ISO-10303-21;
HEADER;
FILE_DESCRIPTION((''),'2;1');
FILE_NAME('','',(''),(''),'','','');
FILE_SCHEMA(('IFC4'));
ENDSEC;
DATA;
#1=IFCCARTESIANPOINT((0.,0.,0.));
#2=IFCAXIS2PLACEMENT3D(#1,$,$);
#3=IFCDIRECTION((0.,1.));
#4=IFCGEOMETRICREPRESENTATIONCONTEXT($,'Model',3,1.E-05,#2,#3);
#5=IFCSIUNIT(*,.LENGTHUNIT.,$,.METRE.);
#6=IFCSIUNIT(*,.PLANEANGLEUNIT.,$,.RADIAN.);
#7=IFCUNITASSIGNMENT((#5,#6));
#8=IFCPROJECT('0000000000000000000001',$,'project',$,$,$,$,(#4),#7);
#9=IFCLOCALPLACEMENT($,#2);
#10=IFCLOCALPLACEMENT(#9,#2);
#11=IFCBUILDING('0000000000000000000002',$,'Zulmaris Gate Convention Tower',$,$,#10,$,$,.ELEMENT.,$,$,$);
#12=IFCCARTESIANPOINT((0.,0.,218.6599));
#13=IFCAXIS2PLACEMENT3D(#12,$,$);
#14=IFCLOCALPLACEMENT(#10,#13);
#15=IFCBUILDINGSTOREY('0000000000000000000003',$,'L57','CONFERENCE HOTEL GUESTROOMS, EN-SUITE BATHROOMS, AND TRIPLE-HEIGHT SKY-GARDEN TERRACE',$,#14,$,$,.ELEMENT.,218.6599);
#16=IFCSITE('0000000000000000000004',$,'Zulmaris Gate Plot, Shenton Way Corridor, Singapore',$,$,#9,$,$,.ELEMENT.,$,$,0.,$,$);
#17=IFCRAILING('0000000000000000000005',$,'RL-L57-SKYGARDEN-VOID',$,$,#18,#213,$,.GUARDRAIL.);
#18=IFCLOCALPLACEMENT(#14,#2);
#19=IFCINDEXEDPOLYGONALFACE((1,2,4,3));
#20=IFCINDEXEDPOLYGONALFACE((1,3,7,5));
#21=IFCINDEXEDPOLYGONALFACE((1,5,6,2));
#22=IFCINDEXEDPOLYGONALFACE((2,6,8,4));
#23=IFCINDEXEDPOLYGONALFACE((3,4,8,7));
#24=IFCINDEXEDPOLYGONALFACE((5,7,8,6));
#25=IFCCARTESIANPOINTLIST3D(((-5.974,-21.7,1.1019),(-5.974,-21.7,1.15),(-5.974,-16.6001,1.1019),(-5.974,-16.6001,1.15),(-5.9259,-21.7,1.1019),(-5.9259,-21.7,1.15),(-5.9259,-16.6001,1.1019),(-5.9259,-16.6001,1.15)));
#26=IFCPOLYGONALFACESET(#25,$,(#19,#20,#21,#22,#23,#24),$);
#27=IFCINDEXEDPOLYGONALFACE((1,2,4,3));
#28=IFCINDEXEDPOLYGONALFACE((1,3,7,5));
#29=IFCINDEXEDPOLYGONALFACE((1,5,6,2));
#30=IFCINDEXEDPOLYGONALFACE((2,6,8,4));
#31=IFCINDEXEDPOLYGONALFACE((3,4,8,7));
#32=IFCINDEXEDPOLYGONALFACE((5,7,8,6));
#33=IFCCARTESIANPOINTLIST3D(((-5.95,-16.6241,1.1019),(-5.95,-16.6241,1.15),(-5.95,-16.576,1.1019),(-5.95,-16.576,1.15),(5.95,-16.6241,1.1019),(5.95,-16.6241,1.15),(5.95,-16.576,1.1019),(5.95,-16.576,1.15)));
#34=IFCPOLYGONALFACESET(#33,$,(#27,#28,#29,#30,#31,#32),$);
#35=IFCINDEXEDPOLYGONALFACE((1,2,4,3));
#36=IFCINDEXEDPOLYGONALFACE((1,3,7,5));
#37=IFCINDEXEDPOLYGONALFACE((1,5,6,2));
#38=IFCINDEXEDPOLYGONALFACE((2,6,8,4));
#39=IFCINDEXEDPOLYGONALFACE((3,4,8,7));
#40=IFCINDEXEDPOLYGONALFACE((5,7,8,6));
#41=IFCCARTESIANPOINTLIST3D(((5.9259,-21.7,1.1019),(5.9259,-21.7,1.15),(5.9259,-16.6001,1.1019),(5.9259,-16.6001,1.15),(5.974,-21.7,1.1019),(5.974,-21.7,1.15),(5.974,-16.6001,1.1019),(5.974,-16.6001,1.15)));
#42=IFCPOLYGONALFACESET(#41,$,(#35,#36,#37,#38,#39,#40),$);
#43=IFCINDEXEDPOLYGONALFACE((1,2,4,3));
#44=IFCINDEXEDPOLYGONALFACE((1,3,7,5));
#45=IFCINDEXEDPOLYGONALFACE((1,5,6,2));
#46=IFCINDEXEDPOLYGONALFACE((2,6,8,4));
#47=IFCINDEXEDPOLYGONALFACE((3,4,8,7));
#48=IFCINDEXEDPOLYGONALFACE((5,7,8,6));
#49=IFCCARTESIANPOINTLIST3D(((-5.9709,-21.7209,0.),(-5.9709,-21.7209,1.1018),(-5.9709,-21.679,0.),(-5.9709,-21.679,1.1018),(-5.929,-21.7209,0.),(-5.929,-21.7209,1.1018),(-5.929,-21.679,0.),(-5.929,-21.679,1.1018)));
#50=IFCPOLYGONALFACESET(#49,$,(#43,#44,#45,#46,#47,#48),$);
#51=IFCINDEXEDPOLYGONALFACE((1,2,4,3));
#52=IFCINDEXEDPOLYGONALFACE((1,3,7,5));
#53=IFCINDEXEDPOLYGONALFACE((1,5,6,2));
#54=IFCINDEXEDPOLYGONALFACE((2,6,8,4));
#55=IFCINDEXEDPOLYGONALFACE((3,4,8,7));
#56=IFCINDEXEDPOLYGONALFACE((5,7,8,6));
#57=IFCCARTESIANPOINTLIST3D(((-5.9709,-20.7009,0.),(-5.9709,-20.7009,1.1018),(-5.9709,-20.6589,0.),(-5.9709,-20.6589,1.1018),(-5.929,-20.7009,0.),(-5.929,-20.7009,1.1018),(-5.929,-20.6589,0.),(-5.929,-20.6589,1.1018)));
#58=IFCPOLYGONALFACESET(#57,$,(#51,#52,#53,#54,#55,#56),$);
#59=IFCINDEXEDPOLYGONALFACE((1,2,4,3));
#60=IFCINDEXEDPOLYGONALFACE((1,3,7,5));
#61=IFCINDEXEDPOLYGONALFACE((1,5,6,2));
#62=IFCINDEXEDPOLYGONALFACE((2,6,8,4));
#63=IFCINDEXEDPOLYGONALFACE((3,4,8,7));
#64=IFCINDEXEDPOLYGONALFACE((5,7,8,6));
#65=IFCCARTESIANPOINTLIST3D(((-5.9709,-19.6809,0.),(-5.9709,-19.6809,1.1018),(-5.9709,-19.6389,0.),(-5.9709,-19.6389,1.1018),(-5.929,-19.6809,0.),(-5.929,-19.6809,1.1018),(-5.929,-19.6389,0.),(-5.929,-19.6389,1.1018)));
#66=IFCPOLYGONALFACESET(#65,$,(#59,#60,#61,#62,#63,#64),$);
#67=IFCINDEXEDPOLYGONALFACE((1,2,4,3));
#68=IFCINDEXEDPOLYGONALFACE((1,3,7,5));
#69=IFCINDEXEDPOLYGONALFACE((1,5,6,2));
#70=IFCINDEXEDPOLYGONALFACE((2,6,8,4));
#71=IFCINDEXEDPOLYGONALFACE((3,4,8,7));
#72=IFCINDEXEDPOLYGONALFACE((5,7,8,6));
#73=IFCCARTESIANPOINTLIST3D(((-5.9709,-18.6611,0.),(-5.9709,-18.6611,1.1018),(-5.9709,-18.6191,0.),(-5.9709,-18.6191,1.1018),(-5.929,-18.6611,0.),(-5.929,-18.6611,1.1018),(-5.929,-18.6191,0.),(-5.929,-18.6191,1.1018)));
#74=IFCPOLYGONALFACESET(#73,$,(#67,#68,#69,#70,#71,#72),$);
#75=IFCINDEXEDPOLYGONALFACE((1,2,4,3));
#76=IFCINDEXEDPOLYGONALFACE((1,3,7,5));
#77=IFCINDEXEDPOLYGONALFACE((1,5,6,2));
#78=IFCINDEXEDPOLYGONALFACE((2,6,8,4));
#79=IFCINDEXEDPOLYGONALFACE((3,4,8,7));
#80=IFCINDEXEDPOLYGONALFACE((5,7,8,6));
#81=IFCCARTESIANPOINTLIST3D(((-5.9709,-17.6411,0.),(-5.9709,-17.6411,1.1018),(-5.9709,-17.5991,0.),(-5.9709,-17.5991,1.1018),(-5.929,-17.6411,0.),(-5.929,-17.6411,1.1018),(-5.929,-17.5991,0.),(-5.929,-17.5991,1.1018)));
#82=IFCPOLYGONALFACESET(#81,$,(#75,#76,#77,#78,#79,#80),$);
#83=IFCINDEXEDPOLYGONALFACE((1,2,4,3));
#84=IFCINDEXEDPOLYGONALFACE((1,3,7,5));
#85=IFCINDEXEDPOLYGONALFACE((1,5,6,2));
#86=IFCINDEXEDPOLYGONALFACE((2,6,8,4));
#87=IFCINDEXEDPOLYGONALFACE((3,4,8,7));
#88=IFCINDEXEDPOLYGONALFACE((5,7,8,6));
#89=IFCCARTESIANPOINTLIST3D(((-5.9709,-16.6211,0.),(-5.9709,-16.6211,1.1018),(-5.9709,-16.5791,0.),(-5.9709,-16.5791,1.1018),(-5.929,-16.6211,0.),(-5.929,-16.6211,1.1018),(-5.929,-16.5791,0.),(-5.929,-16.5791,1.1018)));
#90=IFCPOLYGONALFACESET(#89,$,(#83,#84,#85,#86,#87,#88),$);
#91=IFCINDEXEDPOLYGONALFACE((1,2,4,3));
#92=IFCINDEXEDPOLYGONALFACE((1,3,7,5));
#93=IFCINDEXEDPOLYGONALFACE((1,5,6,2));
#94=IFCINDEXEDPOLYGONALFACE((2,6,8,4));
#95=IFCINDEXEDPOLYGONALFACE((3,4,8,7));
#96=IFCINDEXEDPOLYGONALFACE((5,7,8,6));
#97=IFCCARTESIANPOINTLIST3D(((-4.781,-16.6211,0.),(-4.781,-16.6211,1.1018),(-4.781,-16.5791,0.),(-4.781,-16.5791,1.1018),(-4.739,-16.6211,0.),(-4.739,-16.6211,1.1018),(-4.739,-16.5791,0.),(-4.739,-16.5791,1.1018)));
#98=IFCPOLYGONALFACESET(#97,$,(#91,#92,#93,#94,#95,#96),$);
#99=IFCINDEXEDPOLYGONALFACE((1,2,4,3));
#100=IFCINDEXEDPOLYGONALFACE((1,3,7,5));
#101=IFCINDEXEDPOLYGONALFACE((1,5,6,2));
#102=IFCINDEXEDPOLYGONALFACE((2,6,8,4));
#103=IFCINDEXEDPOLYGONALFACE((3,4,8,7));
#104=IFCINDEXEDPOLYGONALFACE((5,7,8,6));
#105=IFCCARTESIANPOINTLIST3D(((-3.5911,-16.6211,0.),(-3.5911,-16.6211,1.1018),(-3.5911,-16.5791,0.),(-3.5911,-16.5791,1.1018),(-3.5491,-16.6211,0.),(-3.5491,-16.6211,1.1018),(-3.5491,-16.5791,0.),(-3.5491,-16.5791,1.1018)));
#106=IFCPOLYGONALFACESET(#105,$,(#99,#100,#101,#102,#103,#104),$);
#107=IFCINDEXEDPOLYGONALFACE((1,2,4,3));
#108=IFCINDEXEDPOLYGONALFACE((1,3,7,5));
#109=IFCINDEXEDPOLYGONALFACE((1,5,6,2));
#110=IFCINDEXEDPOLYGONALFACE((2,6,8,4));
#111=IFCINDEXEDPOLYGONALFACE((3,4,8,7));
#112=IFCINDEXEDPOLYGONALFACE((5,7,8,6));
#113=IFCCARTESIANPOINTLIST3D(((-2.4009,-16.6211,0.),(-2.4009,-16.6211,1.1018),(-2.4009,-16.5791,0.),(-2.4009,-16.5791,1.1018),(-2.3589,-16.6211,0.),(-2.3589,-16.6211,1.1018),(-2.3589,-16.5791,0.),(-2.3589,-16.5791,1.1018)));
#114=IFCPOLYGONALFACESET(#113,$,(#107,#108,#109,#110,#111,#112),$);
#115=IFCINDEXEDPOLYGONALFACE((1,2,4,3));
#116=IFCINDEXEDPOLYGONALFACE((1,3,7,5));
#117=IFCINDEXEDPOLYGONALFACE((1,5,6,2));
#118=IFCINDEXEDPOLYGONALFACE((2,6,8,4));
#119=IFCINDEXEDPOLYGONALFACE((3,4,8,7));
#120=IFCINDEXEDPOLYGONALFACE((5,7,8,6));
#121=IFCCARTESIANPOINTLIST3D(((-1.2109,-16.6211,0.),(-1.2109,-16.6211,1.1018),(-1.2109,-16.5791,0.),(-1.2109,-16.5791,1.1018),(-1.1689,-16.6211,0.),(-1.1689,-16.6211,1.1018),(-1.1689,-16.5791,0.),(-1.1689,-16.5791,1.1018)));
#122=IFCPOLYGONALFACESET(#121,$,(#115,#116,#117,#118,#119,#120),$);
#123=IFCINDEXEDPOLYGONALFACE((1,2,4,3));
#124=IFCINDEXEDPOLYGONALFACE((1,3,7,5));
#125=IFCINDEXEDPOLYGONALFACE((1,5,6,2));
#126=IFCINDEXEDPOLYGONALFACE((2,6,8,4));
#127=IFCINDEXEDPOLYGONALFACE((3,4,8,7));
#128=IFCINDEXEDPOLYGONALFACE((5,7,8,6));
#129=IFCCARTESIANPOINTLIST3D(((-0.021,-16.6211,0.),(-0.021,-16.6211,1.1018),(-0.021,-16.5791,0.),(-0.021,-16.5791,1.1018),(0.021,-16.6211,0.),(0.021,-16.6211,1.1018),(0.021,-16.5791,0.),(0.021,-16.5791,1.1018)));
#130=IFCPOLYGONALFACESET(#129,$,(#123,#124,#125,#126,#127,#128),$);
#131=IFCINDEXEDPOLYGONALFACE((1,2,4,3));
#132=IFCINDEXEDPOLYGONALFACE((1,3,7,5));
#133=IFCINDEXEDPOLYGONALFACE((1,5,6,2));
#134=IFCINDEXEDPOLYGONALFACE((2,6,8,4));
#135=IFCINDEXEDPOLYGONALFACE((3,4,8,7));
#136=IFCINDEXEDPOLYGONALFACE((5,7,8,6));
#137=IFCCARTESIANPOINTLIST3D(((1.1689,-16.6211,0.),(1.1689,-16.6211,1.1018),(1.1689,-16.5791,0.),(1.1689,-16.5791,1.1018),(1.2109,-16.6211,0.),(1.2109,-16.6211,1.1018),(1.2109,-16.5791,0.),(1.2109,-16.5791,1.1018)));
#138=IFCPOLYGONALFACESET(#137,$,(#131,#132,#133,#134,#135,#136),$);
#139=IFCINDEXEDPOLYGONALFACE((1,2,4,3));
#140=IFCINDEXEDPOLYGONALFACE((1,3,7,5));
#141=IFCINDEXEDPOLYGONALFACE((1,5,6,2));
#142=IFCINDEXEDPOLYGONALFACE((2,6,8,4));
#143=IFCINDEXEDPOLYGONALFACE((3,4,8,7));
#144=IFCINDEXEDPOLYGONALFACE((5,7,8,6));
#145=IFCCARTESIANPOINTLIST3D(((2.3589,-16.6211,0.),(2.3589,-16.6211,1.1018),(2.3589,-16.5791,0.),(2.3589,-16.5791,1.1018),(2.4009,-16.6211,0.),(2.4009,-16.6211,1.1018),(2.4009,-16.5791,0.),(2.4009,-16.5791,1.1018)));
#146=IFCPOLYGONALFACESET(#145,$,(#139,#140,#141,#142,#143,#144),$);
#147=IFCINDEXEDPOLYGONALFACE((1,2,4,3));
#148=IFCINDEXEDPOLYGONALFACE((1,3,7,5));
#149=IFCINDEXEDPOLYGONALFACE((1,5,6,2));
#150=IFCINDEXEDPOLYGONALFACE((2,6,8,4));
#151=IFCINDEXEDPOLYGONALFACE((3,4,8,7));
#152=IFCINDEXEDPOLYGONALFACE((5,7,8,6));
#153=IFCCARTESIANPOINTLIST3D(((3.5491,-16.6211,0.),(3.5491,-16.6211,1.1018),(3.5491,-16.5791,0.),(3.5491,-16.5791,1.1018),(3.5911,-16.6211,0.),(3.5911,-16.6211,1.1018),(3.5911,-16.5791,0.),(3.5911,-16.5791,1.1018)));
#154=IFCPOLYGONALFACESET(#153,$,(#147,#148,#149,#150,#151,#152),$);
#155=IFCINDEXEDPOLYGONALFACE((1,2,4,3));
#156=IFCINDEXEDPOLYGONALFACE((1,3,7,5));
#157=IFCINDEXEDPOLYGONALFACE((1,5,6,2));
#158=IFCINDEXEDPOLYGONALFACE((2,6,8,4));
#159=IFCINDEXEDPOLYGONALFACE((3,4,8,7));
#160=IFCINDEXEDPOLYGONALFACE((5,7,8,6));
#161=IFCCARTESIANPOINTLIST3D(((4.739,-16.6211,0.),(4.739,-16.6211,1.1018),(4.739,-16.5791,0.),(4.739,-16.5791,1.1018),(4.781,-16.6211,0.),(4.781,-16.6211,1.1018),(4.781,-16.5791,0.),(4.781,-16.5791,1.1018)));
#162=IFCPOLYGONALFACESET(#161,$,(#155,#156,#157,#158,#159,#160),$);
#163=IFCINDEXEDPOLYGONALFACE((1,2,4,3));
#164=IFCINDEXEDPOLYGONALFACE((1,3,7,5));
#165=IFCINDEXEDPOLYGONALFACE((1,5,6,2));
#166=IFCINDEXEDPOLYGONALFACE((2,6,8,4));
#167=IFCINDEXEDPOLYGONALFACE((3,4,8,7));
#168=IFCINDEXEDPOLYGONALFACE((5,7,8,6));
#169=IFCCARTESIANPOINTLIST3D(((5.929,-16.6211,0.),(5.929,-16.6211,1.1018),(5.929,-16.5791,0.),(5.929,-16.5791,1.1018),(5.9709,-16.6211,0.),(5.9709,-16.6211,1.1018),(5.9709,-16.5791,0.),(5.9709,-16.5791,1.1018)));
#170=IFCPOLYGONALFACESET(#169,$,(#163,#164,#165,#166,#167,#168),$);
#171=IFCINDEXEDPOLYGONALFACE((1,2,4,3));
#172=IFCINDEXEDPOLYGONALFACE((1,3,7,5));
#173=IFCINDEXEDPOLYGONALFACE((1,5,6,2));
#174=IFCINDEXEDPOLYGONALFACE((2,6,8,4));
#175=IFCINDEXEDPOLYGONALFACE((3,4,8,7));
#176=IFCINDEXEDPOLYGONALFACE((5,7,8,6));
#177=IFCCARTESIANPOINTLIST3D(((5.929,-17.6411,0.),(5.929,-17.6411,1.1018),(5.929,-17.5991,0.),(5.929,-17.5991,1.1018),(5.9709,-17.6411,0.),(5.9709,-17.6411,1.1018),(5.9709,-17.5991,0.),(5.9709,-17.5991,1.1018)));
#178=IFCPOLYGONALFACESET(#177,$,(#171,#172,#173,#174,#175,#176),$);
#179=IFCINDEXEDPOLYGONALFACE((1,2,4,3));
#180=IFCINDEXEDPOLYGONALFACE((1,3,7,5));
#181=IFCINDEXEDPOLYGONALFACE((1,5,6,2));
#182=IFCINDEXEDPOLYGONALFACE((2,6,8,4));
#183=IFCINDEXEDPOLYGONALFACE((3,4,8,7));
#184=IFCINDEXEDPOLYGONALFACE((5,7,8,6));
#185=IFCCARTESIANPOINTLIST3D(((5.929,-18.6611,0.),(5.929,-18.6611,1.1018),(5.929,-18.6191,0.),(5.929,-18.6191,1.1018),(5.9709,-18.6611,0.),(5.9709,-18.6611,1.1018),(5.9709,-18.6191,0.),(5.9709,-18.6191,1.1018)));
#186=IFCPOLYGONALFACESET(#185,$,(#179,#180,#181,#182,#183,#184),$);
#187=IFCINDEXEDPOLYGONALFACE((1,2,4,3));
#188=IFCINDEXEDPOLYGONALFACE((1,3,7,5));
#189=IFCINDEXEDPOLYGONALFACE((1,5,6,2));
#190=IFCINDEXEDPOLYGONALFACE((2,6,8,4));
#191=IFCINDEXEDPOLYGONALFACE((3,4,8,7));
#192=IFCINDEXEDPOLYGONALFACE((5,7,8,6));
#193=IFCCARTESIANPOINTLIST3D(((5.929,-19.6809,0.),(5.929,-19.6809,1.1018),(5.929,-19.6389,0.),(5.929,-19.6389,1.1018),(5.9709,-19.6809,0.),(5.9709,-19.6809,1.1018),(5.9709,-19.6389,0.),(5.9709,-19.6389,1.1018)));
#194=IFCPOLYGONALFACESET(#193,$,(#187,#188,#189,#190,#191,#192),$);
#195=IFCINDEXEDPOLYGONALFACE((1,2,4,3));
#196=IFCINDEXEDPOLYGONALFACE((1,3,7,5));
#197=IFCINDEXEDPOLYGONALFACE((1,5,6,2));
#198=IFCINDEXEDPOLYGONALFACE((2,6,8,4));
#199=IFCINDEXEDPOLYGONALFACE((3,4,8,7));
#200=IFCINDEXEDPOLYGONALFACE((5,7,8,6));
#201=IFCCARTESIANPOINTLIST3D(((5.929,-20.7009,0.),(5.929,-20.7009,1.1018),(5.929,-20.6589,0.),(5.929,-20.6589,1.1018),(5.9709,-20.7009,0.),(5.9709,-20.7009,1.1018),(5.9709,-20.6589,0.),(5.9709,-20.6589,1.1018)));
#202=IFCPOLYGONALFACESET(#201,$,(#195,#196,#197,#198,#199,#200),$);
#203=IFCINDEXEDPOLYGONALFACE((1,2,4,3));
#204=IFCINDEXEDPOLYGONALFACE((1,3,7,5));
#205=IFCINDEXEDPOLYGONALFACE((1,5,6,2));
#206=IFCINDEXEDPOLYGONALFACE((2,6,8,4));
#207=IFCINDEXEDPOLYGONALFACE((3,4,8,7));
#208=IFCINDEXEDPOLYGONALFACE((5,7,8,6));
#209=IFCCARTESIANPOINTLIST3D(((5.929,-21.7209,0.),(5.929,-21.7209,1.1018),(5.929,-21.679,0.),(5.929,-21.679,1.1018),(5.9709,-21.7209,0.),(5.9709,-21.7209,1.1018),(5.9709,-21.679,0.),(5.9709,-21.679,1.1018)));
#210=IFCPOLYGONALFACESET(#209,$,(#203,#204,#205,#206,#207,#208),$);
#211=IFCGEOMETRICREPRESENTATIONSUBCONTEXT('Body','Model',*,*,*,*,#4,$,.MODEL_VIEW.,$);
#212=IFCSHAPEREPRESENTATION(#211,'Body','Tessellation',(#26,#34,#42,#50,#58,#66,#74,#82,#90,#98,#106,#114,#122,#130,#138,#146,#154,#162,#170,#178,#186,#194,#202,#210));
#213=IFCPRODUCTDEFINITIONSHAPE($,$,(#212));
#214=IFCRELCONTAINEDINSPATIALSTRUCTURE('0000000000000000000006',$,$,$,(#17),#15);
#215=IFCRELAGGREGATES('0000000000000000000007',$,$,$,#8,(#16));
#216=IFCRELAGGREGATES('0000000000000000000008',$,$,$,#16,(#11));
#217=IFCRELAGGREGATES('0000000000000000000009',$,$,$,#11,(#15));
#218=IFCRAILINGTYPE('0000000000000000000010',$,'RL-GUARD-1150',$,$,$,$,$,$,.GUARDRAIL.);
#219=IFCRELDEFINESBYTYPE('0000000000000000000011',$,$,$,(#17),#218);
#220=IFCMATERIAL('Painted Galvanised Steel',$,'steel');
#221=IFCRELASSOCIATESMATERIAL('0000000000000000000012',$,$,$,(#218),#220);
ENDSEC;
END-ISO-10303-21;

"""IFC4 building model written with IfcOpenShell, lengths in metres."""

from ifc_helpers import new_model, si_unit, direction, frame, origin, origin_2d, place, context, subcontext, project, spatial, rectangle, extrude, material, type_object, element, save


model = new_model("IFC4")

# Units and contexts
model_context = context("Model", 3, precision=1e-05, world=origin(), true_north=direction((0.0, 1.0)))
body_context = subcontext(model_context, "Body", "Model", "MODEL_VIEW")
ifc_project = project(units=[si_unit("LENGTHUNIT", "METRE"), si_unit("PLANEANGLEUNIT", "RADIAN")], contexts=[model_context])

# Site, building, storey
site_placement = place(None, origin())
site = spatial("IfcSite", under=ifc_project, at=site_placement, Name="Zulmaris Gate Plot, Shenton Way Corridor, Singapore", CompositionType="ELEMENT", RefElevation=0.0)
building_placement = place(site_placement, origin())
building = spatial("IfcBuilding", under=site, at=building_placement, Name="Zulmaris Gate Convention Tower", CompositionType="ELEMENT")
storey_placement = place(building_placement, frame((0.0, 0.0, 218.6599)))
storey = spatial("IfcBuildingStorey", under=building, at=storey_placement, Name="L57", Description="CONFERENCE HOTEL GUESTROOMS, EN-SUITE BATHROOMS, AND TRIPLE-HEIGHT SKY-GARDEN TERRACE", CompositionType="ELEMENT", Elevation=218.6599)

# Railing
ifc_material_1 = material(Name="Painted Galvanised Steel", Category="steel")
railing_type = type_object("IfcRailingType", Name="RL-GUARD-1150", PredefinedType="GUARDRAIL", material=ifc_material_1)
railing_placement = place(storey_placement, frame((-5.95, -21.7, 0.0)))
element("IfcRailing", 1, at=railing_placement, inside=storey, type_object=railing_type, Name="RL-L57-SKYGARDEN-VOID", PredefinedType="GUARDRAIL", context=body_context, shape_type="SweptSolid", body=[
    extrude(rectangle(XDim=0.0481, YDim=0.0481, at=origin_2d()), frame((0.0, 0.0, 1.126), z_axis=(0.0, 1.0, 0.0), x_axis=(-1.0, 0.0, 0.0)), (0.0, 0.0, 1.0), 5.0999),
    extrude(rectangle(XDim=0.0481, YDim=0.0481, at=origin_2d()), frame((0.0, 5.0999, 1.126), z_axis=(1.0, 0.0, 0.0), x_axis=(0.0, 1.0, 0.0)), (0.0, 0.0, 1.0), 11.8999),
    extrude(rectangle(XDim=0.0481, YDim=0.0481, at=origin_2d()), frame((11.8999, 5.0999, 1.126), z_axis=(0.0, -1.0, 0.0), x_axis=(1.0, 0.0, 0.0)), (0.0, 0.0, 1.0), 5.0999),
    extrude(rectangle(XDim=0.042, YDim=0.042, at=origin_2d()), origin(), (0.0, 0.0, 1.0), 1.1018),
    extrude(rectangle(XDim=0.042, YDim=0.042, at=origin_2d()), frame((0.0, 1.02, 0.0)), (0.0, 0.0, 1.0), 1.1018),
    extrude(rectangle(XDim=0.042, YDim=0.042, at=origin_2d()), frame((0.0, 2.04, 0.0)), (0.0, 0.0, 1.0), 1.1018),
    extrude(rectangle(XDim=0.042, YDim=0.042, at=origin_2d()), frame((0.0, 3.0598, 0.0)), (0.0, 0.0, 1.0), 1.1018),
    extrude(rectangle(XDim=0.042, YDim=0.042, at=origin_2d()), frame((0.0, 4.0798, 0.0)), (0.0, 0.0, 1.0), 1.1018),
    extrude(rectangle(XDim=0.042, YDim=0.042, at=origin_2d()), frame((0.0, 5.0999, 0.0)), (0.0, 0.0, 1.0), 1.1018),
    extrude(rectangle(XDim=0.042, YDim=0.042, at=origin_2d()), frame((1.1899, 5.0999, 0.0)), (0.0, 0.0, 1.0), 1.1018),
    extrude(rectangle(XDim=0.042, YDim=0.042, at=origin_2d()), frame((2.3799, 5.0999, 0.0)), (0.0, 0.0, 1.0), 1.1018),
    extrude(rectangle(XDim=0.042, YDim=0.042, at=origin_2d()), frame((3.5701, 5.0999, 0.0)), (0.0, 0.0, 1.0), 1.1018),
    extrude(rectangle(XDim=0.042, YDim=0.042, at=origin_2d()), frame((4.76, 5.0999, 0.0)), (0.0, 0.0, 1.0), 1.1018),
    extrude(rectangle(XDim=0.042, YDim=0.042, at=origin_2d()), frame((5.95, 5.0999, 0.0)), (0.0, 0.0, 1.0), 1.1018),
    extrude(rectangle(XDim=0.042, YDim=0.042, at=origin_2d()), frame((7.1399, 5.0999, 0.0)), (0.0, 0.0, 1.0), 1.1018),
    extrude(rectangle(XDim=0.042, YDim=0.042, at=origin_2d()), frame((8.3298, 5.0999, 0.0)), (0.0, 0.0, 1.0), 1.1018),
    extrude(rectangle(XDim=0.042, YDim=0.042, at=origin_2d()), frame((9.52, 5.0999, 0.0)), (0.0, 0.0, 1.0), 1.1018),
    extrude(rectangle(XDim=0.042, YDim=0.042, at=origin_2d()), frame((10.71, 5.0999, 0.0)), (0.0, 0.0, 1.0), 1.1018),
    extrude(rectangle(XDim=0.042, YDim=0.042, at=origin_2d()), frame((11.8999, 5.0999, 0.0)), (0.0, 0.0, 1.0), 1.1018),
    extrude(rectangle(XDim=0.042, YDim=0.042, at=origin_2d()), frame((11.8999, 4.0798, 0.0)), (0.0, 0.0, 1.0), 1.1018),
    extrude(rectangle(XDim=0.042, YDim=0.042, at=origin_2d()), frame((11.8999, 3.0598, 0.0)), (0.0, 0.0, 1.0), 1.1018),
    extrude(rectangle(XDim=0.042, YDim=0.042, at=origin_2d()), frame((11.8999, 2.04, 0.0)), (0.0, 0.0, 1.0), 1.1018),
    extrude(rectangle(XDim=0.042, YDim=0.042, at=origin_2d()), frame((11.8999, 1.02, 0.0)), (0.0, 0.0, 1.0), 1.1018),
    extrude(rectangle(XDim=0.042, YDim=0.042, at=origin_2d()), frame((11.8999, 0.0, 0.0)), (0.0, 0.0, 1.0), 1.1018),
])

save(model, "model.ifc")
